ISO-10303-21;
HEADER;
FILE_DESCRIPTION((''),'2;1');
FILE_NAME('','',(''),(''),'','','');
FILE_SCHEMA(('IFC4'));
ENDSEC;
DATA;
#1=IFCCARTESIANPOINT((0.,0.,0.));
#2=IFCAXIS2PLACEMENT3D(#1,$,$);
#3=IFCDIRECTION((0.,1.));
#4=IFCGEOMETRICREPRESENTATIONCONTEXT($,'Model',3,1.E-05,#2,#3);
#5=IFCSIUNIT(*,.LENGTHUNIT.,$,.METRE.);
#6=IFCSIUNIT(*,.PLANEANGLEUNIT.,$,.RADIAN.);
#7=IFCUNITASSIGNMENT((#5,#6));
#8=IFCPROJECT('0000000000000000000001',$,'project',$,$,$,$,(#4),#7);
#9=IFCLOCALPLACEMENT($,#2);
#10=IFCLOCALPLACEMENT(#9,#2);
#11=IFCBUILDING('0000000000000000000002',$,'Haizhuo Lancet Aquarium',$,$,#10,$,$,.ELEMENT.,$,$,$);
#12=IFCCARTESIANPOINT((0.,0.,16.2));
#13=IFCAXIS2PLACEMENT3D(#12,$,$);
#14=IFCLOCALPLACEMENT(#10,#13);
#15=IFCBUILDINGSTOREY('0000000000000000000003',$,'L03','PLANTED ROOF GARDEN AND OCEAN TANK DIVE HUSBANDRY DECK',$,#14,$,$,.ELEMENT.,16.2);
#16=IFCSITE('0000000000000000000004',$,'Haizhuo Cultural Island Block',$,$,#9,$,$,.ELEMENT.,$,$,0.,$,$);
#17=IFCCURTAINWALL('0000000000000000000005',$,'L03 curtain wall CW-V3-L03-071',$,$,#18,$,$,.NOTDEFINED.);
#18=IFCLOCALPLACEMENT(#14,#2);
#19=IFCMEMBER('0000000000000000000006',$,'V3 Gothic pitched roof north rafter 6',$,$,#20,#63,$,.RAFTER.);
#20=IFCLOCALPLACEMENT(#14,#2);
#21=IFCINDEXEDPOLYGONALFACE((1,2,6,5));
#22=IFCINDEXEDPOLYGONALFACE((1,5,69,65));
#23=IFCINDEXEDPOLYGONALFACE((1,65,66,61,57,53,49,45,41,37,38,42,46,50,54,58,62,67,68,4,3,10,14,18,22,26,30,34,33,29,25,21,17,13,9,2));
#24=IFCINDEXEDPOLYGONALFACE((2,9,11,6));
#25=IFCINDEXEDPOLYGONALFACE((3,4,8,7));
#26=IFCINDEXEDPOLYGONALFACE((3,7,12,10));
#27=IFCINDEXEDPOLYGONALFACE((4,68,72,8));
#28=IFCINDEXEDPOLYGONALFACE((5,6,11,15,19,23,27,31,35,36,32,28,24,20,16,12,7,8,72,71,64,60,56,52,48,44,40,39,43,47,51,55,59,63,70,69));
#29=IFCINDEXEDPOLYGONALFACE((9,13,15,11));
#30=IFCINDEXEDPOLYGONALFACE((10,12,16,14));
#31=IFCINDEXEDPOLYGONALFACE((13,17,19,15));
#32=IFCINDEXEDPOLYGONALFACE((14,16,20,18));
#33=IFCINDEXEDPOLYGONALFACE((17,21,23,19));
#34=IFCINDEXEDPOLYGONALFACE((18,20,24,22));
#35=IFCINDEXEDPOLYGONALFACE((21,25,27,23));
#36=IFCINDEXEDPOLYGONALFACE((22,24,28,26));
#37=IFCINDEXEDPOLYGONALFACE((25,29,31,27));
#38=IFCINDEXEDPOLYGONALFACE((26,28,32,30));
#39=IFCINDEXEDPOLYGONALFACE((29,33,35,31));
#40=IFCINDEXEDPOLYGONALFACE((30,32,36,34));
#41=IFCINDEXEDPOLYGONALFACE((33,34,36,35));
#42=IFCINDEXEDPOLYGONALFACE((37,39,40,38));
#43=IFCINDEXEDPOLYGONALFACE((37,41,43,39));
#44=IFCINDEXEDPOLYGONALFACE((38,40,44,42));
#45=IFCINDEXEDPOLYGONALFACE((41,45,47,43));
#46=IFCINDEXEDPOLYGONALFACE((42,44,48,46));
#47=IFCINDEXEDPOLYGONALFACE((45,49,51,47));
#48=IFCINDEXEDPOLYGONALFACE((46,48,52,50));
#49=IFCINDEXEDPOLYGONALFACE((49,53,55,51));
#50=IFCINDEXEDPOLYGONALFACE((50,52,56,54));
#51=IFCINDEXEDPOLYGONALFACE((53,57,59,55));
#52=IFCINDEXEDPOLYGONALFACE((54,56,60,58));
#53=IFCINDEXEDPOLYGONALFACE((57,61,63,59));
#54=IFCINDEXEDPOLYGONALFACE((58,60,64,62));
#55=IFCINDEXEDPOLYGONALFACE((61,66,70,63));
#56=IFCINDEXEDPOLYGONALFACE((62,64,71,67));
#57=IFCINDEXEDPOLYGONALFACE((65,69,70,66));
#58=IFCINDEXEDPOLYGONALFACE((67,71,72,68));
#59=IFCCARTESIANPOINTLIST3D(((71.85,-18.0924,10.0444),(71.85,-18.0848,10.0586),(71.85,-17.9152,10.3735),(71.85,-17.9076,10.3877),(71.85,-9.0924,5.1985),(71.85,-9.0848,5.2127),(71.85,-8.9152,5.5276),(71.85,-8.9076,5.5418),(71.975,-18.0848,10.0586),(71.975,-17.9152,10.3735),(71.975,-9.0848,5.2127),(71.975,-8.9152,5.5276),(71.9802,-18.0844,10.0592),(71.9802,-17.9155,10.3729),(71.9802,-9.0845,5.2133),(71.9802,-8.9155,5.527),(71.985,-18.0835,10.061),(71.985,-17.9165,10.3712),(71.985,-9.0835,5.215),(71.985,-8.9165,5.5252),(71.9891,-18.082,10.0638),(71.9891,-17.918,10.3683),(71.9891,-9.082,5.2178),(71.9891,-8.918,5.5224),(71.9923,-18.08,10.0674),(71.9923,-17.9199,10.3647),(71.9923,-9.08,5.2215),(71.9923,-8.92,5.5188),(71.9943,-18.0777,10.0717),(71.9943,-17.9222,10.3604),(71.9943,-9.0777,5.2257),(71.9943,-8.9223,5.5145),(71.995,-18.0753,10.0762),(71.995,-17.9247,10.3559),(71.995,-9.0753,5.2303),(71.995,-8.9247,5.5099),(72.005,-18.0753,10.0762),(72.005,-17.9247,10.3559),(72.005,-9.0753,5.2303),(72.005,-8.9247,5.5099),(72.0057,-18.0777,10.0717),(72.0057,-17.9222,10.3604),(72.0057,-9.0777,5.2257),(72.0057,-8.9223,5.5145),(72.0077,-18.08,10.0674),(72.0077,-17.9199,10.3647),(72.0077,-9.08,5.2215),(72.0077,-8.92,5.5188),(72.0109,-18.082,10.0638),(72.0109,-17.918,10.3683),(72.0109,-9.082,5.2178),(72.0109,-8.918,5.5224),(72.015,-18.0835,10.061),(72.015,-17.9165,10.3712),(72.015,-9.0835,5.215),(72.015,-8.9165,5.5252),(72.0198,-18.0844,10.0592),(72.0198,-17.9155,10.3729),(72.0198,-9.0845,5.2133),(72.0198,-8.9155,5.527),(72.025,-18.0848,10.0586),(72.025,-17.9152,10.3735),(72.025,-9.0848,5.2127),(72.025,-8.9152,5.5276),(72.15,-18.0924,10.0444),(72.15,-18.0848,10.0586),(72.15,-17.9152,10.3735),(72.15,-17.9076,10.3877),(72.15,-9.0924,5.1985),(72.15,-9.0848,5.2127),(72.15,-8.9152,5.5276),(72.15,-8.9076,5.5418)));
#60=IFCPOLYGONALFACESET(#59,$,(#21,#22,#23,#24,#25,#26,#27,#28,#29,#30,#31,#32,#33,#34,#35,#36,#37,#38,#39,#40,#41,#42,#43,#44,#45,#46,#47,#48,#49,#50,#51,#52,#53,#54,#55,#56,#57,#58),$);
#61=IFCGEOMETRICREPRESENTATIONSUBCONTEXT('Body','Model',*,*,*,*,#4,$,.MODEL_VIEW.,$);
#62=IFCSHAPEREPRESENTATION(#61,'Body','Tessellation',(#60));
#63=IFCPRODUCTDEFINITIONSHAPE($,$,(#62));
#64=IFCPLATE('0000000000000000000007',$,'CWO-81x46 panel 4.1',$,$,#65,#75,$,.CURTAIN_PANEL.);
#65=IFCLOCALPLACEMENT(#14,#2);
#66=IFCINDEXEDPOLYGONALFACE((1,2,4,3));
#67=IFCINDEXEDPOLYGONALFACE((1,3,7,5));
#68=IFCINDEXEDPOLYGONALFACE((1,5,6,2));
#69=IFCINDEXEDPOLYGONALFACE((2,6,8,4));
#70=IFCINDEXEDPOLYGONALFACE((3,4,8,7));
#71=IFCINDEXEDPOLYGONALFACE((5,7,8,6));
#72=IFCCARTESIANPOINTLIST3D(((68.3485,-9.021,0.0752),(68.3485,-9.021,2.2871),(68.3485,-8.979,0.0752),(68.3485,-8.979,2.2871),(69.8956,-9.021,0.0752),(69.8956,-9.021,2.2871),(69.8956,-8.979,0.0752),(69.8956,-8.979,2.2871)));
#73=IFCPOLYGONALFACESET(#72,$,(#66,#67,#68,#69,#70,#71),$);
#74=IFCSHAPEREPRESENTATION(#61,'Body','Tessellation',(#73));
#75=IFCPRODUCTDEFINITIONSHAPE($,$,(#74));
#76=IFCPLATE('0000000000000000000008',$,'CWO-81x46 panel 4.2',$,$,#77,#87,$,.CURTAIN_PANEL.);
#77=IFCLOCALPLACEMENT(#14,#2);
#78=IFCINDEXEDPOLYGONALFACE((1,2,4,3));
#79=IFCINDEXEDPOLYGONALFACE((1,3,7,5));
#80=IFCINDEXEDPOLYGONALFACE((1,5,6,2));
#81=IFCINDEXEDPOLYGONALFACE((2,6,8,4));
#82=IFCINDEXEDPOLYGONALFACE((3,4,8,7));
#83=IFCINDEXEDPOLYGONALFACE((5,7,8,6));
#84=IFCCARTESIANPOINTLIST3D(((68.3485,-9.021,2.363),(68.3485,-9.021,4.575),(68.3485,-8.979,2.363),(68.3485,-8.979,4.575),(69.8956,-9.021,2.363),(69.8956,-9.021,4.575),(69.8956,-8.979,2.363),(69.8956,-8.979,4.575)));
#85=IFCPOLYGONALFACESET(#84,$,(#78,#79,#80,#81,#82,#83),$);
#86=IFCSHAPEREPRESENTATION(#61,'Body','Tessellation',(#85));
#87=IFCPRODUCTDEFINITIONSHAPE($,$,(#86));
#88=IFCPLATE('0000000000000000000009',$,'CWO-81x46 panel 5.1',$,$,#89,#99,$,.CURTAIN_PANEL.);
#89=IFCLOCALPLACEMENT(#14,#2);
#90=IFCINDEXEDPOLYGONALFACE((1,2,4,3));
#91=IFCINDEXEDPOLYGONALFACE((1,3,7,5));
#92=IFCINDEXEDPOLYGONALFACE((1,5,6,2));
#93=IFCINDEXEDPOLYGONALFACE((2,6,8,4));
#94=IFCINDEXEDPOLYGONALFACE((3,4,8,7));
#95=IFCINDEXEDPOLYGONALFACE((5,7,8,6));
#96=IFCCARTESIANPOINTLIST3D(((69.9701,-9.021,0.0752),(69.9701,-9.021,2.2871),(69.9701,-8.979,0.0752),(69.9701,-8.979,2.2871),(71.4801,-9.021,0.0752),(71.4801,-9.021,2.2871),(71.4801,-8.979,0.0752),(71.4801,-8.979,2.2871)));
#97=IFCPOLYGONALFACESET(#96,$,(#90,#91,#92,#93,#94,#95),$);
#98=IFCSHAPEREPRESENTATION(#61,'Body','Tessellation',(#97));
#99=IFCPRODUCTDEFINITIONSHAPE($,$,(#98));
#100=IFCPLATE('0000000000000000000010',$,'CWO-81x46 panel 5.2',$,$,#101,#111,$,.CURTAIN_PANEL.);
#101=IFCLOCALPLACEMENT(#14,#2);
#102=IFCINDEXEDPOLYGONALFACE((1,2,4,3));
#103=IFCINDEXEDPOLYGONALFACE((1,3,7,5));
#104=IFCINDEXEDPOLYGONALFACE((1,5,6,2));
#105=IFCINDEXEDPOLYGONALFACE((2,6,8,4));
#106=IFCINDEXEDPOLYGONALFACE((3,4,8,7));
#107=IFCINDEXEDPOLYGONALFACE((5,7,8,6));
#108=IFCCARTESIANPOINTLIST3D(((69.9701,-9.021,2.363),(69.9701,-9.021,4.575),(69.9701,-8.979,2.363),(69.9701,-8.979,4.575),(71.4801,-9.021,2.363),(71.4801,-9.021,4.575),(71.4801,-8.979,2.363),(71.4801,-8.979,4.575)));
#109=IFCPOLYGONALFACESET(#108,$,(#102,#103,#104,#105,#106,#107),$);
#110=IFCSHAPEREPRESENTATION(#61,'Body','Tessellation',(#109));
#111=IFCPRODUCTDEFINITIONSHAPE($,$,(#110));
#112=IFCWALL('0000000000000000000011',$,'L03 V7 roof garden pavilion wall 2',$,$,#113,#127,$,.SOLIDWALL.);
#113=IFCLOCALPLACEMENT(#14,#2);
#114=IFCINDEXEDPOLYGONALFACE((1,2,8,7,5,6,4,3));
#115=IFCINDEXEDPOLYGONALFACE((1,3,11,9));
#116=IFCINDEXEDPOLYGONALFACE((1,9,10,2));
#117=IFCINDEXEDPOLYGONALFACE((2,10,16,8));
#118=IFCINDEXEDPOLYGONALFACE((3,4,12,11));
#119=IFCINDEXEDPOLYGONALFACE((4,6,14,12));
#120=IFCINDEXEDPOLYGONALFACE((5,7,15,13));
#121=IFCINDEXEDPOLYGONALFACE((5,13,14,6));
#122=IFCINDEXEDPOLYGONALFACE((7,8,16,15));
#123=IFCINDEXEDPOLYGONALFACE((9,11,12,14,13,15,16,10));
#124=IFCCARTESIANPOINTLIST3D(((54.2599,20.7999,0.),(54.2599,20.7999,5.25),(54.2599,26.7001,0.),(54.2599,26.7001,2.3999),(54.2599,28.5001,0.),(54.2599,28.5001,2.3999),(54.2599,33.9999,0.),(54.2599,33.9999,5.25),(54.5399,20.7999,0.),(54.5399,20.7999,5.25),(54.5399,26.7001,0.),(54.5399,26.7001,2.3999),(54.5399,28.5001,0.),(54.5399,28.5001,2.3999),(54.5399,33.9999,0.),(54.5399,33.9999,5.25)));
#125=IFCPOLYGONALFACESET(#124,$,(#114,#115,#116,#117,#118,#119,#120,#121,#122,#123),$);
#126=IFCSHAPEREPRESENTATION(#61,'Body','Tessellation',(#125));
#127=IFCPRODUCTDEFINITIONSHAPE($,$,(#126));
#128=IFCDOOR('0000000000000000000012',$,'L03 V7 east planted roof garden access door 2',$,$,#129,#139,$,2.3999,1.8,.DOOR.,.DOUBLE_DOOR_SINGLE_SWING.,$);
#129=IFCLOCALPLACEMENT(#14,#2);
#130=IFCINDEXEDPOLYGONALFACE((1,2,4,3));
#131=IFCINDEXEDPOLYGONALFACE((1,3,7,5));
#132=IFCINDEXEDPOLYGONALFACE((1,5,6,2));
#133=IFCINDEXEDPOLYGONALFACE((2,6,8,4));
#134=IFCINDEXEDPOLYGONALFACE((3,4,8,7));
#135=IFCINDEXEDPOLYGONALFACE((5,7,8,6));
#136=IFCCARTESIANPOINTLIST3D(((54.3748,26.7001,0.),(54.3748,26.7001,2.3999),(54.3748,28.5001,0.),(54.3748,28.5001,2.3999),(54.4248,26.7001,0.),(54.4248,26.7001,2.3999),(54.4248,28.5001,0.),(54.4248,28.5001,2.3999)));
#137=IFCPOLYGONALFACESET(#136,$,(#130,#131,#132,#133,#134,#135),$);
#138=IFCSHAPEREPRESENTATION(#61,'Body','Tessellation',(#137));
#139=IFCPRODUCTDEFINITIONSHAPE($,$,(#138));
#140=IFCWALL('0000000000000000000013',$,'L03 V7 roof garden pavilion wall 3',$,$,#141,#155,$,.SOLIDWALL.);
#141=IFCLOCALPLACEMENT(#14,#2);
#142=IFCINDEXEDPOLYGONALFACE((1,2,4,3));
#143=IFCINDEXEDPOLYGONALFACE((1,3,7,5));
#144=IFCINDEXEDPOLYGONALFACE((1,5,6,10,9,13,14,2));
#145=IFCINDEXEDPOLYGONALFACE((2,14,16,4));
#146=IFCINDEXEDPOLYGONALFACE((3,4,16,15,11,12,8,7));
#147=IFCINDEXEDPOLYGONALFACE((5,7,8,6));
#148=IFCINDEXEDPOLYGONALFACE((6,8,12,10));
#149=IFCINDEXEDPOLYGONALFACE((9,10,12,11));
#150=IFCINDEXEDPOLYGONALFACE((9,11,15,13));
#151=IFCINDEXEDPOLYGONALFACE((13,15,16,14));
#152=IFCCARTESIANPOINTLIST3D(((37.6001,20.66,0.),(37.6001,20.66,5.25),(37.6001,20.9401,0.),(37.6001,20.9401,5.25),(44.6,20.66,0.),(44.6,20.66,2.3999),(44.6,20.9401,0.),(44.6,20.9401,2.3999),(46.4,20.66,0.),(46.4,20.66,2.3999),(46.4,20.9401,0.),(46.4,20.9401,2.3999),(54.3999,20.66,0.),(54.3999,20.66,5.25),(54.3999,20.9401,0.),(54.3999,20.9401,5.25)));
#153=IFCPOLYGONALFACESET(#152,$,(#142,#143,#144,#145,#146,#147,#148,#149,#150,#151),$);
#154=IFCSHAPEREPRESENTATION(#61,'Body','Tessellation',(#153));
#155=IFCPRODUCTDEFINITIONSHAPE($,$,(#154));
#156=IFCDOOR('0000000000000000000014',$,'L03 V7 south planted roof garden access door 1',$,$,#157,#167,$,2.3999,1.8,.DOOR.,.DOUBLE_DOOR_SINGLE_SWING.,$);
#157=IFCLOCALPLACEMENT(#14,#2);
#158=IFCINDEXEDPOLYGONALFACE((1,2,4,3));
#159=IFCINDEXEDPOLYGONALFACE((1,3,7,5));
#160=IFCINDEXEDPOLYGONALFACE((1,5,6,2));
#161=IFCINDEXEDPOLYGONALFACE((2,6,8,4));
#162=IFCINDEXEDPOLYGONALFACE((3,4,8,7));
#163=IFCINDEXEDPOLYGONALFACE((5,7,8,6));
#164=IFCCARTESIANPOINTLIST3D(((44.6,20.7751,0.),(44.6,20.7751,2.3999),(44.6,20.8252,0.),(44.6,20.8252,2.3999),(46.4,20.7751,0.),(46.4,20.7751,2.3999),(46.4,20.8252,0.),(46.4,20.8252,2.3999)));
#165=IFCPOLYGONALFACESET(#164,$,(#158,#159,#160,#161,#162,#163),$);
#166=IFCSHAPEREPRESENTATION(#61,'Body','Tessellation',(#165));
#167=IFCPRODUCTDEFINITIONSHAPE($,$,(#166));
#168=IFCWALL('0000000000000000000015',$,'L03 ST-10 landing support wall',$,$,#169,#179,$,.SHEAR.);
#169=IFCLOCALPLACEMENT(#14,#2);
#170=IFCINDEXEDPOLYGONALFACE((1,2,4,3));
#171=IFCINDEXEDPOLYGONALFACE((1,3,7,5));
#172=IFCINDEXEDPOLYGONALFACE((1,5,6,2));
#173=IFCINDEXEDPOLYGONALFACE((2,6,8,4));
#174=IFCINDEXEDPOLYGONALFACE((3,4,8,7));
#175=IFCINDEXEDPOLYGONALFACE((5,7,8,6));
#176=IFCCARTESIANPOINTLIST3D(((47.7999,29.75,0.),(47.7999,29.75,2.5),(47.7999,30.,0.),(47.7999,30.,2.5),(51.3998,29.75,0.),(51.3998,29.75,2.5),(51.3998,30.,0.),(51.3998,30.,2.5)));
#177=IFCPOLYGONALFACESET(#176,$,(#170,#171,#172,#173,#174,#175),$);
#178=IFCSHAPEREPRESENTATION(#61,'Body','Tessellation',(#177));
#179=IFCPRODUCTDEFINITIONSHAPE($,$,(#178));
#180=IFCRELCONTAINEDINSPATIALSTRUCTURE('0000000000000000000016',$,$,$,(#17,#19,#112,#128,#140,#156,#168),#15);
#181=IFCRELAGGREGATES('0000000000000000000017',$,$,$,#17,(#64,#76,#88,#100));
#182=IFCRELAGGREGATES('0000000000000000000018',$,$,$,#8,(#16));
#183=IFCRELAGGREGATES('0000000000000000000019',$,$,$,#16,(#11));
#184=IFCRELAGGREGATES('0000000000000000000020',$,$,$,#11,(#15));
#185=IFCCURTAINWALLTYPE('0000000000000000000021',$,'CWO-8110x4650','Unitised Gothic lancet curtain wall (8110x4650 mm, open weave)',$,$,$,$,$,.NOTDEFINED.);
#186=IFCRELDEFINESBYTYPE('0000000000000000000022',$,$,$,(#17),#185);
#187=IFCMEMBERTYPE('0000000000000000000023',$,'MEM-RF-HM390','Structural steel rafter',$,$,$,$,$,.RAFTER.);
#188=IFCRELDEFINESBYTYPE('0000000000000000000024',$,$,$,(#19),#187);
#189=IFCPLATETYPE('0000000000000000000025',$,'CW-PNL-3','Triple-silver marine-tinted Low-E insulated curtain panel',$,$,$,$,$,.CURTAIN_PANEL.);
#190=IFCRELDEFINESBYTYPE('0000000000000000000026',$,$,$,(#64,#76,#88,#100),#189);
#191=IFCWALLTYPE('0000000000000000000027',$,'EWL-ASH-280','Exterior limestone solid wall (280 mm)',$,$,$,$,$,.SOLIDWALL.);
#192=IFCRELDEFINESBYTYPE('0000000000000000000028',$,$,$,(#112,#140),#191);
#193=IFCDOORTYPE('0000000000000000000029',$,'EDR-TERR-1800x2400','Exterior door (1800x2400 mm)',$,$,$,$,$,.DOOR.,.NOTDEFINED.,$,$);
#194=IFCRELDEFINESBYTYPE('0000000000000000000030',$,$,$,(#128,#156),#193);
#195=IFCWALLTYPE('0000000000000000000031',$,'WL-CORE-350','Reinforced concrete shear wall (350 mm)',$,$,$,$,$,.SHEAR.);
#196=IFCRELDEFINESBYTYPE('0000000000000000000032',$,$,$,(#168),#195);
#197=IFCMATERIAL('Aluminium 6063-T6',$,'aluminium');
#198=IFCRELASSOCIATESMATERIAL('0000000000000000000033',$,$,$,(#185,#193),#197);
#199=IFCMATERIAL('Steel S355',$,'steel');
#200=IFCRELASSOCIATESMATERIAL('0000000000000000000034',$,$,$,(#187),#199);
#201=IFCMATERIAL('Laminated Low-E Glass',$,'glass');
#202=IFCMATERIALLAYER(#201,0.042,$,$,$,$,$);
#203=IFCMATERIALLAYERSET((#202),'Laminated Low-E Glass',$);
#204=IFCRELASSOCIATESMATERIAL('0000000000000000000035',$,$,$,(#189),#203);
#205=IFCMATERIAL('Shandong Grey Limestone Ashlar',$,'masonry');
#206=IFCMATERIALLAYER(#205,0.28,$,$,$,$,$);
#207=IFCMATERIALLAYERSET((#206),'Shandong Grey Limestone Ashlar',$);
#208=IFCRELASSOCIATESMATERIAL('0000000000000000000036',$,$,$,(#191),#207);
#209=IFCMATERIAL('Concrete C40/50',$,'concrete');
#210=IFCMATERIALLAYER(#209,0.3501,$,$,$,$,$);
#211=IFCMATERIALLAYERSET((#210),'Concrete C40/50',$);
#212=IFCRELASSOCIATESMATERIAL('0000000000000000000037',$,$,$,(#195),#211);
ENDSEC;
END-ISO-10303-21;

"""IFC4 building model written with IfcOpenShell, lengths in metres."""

from ifc_helpers import new_model, si_unit, direction, frame, frame_2d, origin, origin_2d, place, context, subcontext, project, spatial, rectangle, i_section, extrude, material, layer, layer_set, material_profile, profile_set, type_object, element, fill, aggregate, save


model = new_model("IFC4")

# Units and contexts
model_context = context("Model", 3, precision=1e-05, world=origin(), true_north=direction((0.0, 1.0)))
body_context = subcontext(model_context, "Body", "Model", "MODEL_VIEW")
ifc_project = project(units=[si_unit("LENGTHUNIT", "METRE"), si_unit("PLANEANGLEUNIT", "RADIAN")], contexts=[model_context])

# Site, building, storey
site_placement = place(None, origin())
site = spatial("IfcSite", under=ifc_project, at=site_placement, Name="Haizhuo Cultural Island Block", CompositionType="ELEMENT", RefElevation=0.0)
building_placement = place(site_placement, origin())
building = spatial("IfcBuilding", under=site, at=building_placement, Name="Haizhuo Lancet Aquarium", CompositionType="ELEMENT")
storey_placement = place(building_placement, frame((0.0, 0.0, 16.2)))
storey = spatial("IfcBuildingStorey", under=building, at=storey_placement, Name="L03", Description="PLANTED ROOF GARDEN AND OCEAN TANK DIVE HUSBANDRY DECK", CompositionType="ELEMENT", Elevation=16.2)

# Shared definitions
ifc_material_1 = material(Name="Concrete C40/50", Category="concrete")

# Curtain wall
ifc_material_2 = material(Name="Aluminium 6063-T6", Category="aluminium")
curtain_wall_type = type_object("IfcCurtainWallType", Name="CWO-8110x4650", Description="Unitised Gothic lancet curtain wall (8110x4650 mm, open weave)", PredefinedType="NOTDEFINED", material=ifc_material_2)
curtain_wall_placement = place(storey_placement, origin())
curtain_wall = element("IfcCurtainWall", 1, at=curtain_wall_placement, inside=storey, type_object=curtain_wall_type, Name="L03 curtain wall CW-V3-L03-071", PredefinedType="NOTDEFINED")

# Member
ifc_material_3 = material(Name="Steel S355", Category="steel")
ifc_material_profile_1 = material_profile(ifc_material_3, i_section(OverallWidth=0.3, OverallDepth=0.3899, WebThickness=0.01, FlangeThickness=0.0161, FilletRadius=0.02, at=origin_2d()), Name="HM 390x300x10x16")
ifc_profile_set_1 = profile_set([ifc_material_profile_1], Name="Steel S355")
member_type_1 = type_object("IfcMemberType", Name="MEM-RF-HM390", Description="Structural steel rafter", PredefinedType="RAFTER", material=ifc_profile_set_1)
member_1_placement = place(storey_placement, frame((72.0, -9.0, 5.3701), z_axis=(0.0, -0.88048, 0.474084), x_axis=(1.0, 0.0, 0.0)))
element("IfcMember", 2, at=member_1_placement, inside=storey, type_object=member_type_1, Name="V3 Gothic pitched roof north rafter 6", PredefinedType="RAFTER", context=body_context, shape_type="SweptSolid", body=[
    extrude(i_section(OverallWidth=0.3, OverallDepth=0.3899, WebThickness=0.01, FlangeThickness=0.0161, FilletRadius=0.02, at=origin_2d()), origin(), (0.0, 0.0, 1.0), 10.2217),
])

# Plates
ifc_material_4 = material(Name="Laminated Low-E Glass", Category="glass")
ifc_layer_1 = layer(ifc_material_4, 0.042)
ifc_layer_set_1 = layer_set([ifc_layer_1], Name="Laminated Low-E Glass")
plate_type = type_object("IfcPlateType", Name="CW-PNL-3", Description="Triple-silver marine-tinted Low-E insulated curtain panel", PredefinedType="CURTAIN_PANEL", material=ifc_layer_set_1)
plate_1_placement = place(storey_placement, frame((69.1221, -9.0, 0.0752), z_axis=(0.0, 0.0, 1.0), x_axis=(1.0, 0.0, 0.0)))
plate_1 = element("IfcPlate", 3, at=plate_1_placement, type_object=plate_type, Name="CWO-81x46 panel 4.1", PredefinedType="CURTAIN_PANEL", context=body_context, shape_type="SweptSolid", body=[
    extrude(rectangle(XDim=1.5471, YDim=0.042, at=origin_2d()), origin(), (0.0, 0.0, 1.0), 2.2119),
])
plate_2_placement = place(storey_placement, frame((69.1221, -9.0, 2.363), z_axis=(0.0, 0.0, 1.0), x_axis=(1.0, 0.0, 0.0)))
plate_2 = element("IfcPlate", 4, at=plate_2_placement, type_object=plate_type, Name="CWO-81x46 panel 4.2", PredefinedType="CURTAIN_PANEL", context=body_context, shape_type="SweptSolid", body=[
    extrude(rectangle(XDim=1.5471, YDim=0.042, at=origin_2d()), origin(), (0.0, 0.0, 1.0), 2.2119),
])
plate_3_placement = place(storey_placement, frame((70.7251, -9.0, 0.0752), z_axis=(0.0, 0.0, 1.0), x_axis=(1.0, 0.0, 0.0)))
plate_3 = element("IfcPlate", 5, at=plate_3_placement, type_object=plate_type, Name="CWO-81x46 panel 5.1", PredefinedType="CURTAIN_PANEL", context=body_context, shape_type="SweptSolid", body=[
    extrude(rectangle(XDim=1.51, YDim=0.042, at=origin_2d()), origin(), (0.0, 0.0, 1.0), 2.2119),
])
plate_4_placement = place(storey_placement, frame((70.7251, -9.0, 2.363), z_axis=(0.0, 0.0, 1.0), x_axis=(1.0, 0.0, 0.0)))
plate_4 = element("IfcPlate", 6, at=plate_4_placement, type_object=plate_type, Name="CWO-81x46 panel 5.2", PredefinedType="CURTAIN_PANEL", context=body_context, shape_type="SweptSolid", body=[
    extrude(rectangle(XDim=1.51, YDim=0.042, at=origin_2d()), origin(), (0.0, 0.0, 1.0), 2.2119),
])
aggregate(curtain_wall, [plate_1, plate_2, plate_3, plate_4])

# Walls, openings, doors
ifc_material_5 = material(Name="Shandong Grey Limestone Ashlar", Category="masonry")
ifc_layer_2 = layer(ifc_material_5, 0.28)
ifc_layer_set_2 = layer_set([ifc_layer_2], Name="Shandong Grey Limestone Ashlar")
wall_type_1 = type_object("IfcWallType", Name="EWL-ASH-280", Description="Exterior limestone solid wall (280 mm)", PredefinedType="SOLIDWALL", material=ifc_layer_set_2)
wall_1_placement = place(storey_placement, frame((54.3999, 34.0, 0.0), z_axis=(0.0, 0.0, 1.0), x_axis=(0.0, -1.0, 0.0)))
wall_1 = element("IfcWall", 7, at=wall_1_placement, inside=storey, type_object=wall_type_1, Name="L03 V7 roof garden pavilion wall 2", PredefinedType="SOLIDWALL", context=body_context, shape_type="SweptSolid", body=[
    extrude(rectangle(XDim=13.2, YDim=0.28, at=frame_2d((6.6001, 0.0))), origin(), (0.0, 0.0, 1.0), 5.25),
])
opening_1_placement = place(wall_1_placement, frame((5.5, 0.0, 0.0)))
opening_1 = element("IfcOpeningElement", 8, at=opening_1_placement, cuts=wall_1, PredefinedType="OPENING", context=body_context, shape_type="SweptSolid", body=[
    extrude(rectangle(XDim=1.8, YDim=2.3999, at=frame_2d((0.8999, 1.2))), frame((0.0, 0.1499, 0.0), z_axis=(0.0, -1.0, 0.0), x_axis=(1.0, 0.0, 0.0)), (0.0, 0.0, 1.0), 0.3),
])
door_type_1 = type_object("IfcDoorType", Name="EDR-TERR-1800x2400", Description="Exterior door (1800x2400 mm)", OperationType="NOTDEFINED", PredefinedType="DOOR", material=ifc_material_2)
door_1_placement = place(opening_1_placement, origin())
door_1 = element("IfcDoor", 9, at=door_1_placement, inside=storey, type_object=door_type_1, Name="L03 V7 east planted roof garden access door 2", OperationType="DOUBLE_DOOR_SINGLE_SWING", OverallHeight=2.3999, OverallWidth=1.8, PredefinedType="DOOR", context=body_context, shape_type="SweptSolid", body=[
    extrude(rectangle(XDim=1.8, YDim=2.3999, at=frame_2d((0.8999, 1.2))), frame((0.0, 0.0249, 0.0), z_axis=(0.0, -1.0, 0.0), x_axis=(1.0, 0.0, 0.0)), (0.0, 0.0, 1.0), 0.05),
])
fill(opening_1, door_1)
wall_2_placement = place(storey_placement, frame((54.3999, 20.8, 0.0), z_axis=(0.0, 0.0, 1.0), x_axis=(-1.0, 0.0, 0.0)))
wall_2 = element("IfcWall", 10, at=wall_2_placement, inside=storey, type_object=wall_type_1, Name="L03 V7 roof garden pavilion wall 3", PredefinedType="SOLIDWALL", context=body_context, shape_type="SweptSolid", body=[
    extrude(rectangle(XDim=16.7998, YDim=0.28, at=frame_2d((8.3999, 0.0))), origin(), (0.0, 0.0, 1.0), 5.25),
])
opening_2_placement = place(wall_2_placement, frame((8.0, 0.0, 0.0)))
opening_2 = element("IfcOpeningElement", 11, at=opening_2_placement, cuts=wall_2, PredefinedType="OPENING", context=body_context, shape_type="SweptSolid", body=[
    extrude(rectangle(XDim=1.8, YDim=2.3999, at=frame_2d((0.8999, 1.2))), frame((0.0, 0.1499, 0.0), z_axis=(0.0, -1.0, 0.0), x_axis=(1.0, 0.0, 0.0)), (0.0, 0.0, 1.0), 0.3),
])
door_2_placement = place(opening_2_placement, origin())
door_2 = element("IfcDoor", 12, at=door_2_placement, inside=storey, type_object=door_type_1, Name="L03 V7 south planted roof garden access door 1", OperationType="DOUBLE_DOOR_SINGLE_SWING", OverallHeight=2.3999, OverallWidth=1.8, PredefinedType="DOOR", context=body_context, shape_type="SweptSolid", body=[
    extrude(rectangle(XDim=1.8, YDim=2.3999, at=frame_2d((0.8999, 1.2))), frame((0.0, 0.0249, 0.0), z_axis=(0.0, -1.0, 0.0), x_axis=(1.0, 0.0, 0.0)), (0.0, 0.0, 1.0), 0.05),
])
fill(opening_2, door_2)

# Wall
ifc_layer_3 = layer(ifc_material_1, 0.3501)
ifc_layer_set_3 = layer_set([ifc_layer_3], Name="Concrete C40/50")
wall_type_2 = type_object("IfcWallType", Name="WL-CORE-350", Description="Reinforced concrete shear wall (350 mm)", PredefinedType="SHEAR", material=ifc_layer_set_3)
for number, where, z_axis, x_axis, name in (
    (13, (47.8, 29.875, 0.0), (0.0, 0.0, 1.0), (1.0, 0.0, 0.0), "L03 ST-10 landing support wall"),
):
    element("IfcWall", number, at=place(storey_placement, frame(where, z_axis=z_axis, x_axis=x_axis)), inside=storey, type_object=wall_type_2, Name=name, PredefinedType="SHEAR", context=body_context, shape_type="SweptSolid", body=[
        extrude(rectangle(XDim=3.5999, YDim=0.25, at=frame_2d((1.7998, 0.0))), origin(), (0.0, 0.0, 1.0), 2.5),
    ])

save(model, "model.ifc")
